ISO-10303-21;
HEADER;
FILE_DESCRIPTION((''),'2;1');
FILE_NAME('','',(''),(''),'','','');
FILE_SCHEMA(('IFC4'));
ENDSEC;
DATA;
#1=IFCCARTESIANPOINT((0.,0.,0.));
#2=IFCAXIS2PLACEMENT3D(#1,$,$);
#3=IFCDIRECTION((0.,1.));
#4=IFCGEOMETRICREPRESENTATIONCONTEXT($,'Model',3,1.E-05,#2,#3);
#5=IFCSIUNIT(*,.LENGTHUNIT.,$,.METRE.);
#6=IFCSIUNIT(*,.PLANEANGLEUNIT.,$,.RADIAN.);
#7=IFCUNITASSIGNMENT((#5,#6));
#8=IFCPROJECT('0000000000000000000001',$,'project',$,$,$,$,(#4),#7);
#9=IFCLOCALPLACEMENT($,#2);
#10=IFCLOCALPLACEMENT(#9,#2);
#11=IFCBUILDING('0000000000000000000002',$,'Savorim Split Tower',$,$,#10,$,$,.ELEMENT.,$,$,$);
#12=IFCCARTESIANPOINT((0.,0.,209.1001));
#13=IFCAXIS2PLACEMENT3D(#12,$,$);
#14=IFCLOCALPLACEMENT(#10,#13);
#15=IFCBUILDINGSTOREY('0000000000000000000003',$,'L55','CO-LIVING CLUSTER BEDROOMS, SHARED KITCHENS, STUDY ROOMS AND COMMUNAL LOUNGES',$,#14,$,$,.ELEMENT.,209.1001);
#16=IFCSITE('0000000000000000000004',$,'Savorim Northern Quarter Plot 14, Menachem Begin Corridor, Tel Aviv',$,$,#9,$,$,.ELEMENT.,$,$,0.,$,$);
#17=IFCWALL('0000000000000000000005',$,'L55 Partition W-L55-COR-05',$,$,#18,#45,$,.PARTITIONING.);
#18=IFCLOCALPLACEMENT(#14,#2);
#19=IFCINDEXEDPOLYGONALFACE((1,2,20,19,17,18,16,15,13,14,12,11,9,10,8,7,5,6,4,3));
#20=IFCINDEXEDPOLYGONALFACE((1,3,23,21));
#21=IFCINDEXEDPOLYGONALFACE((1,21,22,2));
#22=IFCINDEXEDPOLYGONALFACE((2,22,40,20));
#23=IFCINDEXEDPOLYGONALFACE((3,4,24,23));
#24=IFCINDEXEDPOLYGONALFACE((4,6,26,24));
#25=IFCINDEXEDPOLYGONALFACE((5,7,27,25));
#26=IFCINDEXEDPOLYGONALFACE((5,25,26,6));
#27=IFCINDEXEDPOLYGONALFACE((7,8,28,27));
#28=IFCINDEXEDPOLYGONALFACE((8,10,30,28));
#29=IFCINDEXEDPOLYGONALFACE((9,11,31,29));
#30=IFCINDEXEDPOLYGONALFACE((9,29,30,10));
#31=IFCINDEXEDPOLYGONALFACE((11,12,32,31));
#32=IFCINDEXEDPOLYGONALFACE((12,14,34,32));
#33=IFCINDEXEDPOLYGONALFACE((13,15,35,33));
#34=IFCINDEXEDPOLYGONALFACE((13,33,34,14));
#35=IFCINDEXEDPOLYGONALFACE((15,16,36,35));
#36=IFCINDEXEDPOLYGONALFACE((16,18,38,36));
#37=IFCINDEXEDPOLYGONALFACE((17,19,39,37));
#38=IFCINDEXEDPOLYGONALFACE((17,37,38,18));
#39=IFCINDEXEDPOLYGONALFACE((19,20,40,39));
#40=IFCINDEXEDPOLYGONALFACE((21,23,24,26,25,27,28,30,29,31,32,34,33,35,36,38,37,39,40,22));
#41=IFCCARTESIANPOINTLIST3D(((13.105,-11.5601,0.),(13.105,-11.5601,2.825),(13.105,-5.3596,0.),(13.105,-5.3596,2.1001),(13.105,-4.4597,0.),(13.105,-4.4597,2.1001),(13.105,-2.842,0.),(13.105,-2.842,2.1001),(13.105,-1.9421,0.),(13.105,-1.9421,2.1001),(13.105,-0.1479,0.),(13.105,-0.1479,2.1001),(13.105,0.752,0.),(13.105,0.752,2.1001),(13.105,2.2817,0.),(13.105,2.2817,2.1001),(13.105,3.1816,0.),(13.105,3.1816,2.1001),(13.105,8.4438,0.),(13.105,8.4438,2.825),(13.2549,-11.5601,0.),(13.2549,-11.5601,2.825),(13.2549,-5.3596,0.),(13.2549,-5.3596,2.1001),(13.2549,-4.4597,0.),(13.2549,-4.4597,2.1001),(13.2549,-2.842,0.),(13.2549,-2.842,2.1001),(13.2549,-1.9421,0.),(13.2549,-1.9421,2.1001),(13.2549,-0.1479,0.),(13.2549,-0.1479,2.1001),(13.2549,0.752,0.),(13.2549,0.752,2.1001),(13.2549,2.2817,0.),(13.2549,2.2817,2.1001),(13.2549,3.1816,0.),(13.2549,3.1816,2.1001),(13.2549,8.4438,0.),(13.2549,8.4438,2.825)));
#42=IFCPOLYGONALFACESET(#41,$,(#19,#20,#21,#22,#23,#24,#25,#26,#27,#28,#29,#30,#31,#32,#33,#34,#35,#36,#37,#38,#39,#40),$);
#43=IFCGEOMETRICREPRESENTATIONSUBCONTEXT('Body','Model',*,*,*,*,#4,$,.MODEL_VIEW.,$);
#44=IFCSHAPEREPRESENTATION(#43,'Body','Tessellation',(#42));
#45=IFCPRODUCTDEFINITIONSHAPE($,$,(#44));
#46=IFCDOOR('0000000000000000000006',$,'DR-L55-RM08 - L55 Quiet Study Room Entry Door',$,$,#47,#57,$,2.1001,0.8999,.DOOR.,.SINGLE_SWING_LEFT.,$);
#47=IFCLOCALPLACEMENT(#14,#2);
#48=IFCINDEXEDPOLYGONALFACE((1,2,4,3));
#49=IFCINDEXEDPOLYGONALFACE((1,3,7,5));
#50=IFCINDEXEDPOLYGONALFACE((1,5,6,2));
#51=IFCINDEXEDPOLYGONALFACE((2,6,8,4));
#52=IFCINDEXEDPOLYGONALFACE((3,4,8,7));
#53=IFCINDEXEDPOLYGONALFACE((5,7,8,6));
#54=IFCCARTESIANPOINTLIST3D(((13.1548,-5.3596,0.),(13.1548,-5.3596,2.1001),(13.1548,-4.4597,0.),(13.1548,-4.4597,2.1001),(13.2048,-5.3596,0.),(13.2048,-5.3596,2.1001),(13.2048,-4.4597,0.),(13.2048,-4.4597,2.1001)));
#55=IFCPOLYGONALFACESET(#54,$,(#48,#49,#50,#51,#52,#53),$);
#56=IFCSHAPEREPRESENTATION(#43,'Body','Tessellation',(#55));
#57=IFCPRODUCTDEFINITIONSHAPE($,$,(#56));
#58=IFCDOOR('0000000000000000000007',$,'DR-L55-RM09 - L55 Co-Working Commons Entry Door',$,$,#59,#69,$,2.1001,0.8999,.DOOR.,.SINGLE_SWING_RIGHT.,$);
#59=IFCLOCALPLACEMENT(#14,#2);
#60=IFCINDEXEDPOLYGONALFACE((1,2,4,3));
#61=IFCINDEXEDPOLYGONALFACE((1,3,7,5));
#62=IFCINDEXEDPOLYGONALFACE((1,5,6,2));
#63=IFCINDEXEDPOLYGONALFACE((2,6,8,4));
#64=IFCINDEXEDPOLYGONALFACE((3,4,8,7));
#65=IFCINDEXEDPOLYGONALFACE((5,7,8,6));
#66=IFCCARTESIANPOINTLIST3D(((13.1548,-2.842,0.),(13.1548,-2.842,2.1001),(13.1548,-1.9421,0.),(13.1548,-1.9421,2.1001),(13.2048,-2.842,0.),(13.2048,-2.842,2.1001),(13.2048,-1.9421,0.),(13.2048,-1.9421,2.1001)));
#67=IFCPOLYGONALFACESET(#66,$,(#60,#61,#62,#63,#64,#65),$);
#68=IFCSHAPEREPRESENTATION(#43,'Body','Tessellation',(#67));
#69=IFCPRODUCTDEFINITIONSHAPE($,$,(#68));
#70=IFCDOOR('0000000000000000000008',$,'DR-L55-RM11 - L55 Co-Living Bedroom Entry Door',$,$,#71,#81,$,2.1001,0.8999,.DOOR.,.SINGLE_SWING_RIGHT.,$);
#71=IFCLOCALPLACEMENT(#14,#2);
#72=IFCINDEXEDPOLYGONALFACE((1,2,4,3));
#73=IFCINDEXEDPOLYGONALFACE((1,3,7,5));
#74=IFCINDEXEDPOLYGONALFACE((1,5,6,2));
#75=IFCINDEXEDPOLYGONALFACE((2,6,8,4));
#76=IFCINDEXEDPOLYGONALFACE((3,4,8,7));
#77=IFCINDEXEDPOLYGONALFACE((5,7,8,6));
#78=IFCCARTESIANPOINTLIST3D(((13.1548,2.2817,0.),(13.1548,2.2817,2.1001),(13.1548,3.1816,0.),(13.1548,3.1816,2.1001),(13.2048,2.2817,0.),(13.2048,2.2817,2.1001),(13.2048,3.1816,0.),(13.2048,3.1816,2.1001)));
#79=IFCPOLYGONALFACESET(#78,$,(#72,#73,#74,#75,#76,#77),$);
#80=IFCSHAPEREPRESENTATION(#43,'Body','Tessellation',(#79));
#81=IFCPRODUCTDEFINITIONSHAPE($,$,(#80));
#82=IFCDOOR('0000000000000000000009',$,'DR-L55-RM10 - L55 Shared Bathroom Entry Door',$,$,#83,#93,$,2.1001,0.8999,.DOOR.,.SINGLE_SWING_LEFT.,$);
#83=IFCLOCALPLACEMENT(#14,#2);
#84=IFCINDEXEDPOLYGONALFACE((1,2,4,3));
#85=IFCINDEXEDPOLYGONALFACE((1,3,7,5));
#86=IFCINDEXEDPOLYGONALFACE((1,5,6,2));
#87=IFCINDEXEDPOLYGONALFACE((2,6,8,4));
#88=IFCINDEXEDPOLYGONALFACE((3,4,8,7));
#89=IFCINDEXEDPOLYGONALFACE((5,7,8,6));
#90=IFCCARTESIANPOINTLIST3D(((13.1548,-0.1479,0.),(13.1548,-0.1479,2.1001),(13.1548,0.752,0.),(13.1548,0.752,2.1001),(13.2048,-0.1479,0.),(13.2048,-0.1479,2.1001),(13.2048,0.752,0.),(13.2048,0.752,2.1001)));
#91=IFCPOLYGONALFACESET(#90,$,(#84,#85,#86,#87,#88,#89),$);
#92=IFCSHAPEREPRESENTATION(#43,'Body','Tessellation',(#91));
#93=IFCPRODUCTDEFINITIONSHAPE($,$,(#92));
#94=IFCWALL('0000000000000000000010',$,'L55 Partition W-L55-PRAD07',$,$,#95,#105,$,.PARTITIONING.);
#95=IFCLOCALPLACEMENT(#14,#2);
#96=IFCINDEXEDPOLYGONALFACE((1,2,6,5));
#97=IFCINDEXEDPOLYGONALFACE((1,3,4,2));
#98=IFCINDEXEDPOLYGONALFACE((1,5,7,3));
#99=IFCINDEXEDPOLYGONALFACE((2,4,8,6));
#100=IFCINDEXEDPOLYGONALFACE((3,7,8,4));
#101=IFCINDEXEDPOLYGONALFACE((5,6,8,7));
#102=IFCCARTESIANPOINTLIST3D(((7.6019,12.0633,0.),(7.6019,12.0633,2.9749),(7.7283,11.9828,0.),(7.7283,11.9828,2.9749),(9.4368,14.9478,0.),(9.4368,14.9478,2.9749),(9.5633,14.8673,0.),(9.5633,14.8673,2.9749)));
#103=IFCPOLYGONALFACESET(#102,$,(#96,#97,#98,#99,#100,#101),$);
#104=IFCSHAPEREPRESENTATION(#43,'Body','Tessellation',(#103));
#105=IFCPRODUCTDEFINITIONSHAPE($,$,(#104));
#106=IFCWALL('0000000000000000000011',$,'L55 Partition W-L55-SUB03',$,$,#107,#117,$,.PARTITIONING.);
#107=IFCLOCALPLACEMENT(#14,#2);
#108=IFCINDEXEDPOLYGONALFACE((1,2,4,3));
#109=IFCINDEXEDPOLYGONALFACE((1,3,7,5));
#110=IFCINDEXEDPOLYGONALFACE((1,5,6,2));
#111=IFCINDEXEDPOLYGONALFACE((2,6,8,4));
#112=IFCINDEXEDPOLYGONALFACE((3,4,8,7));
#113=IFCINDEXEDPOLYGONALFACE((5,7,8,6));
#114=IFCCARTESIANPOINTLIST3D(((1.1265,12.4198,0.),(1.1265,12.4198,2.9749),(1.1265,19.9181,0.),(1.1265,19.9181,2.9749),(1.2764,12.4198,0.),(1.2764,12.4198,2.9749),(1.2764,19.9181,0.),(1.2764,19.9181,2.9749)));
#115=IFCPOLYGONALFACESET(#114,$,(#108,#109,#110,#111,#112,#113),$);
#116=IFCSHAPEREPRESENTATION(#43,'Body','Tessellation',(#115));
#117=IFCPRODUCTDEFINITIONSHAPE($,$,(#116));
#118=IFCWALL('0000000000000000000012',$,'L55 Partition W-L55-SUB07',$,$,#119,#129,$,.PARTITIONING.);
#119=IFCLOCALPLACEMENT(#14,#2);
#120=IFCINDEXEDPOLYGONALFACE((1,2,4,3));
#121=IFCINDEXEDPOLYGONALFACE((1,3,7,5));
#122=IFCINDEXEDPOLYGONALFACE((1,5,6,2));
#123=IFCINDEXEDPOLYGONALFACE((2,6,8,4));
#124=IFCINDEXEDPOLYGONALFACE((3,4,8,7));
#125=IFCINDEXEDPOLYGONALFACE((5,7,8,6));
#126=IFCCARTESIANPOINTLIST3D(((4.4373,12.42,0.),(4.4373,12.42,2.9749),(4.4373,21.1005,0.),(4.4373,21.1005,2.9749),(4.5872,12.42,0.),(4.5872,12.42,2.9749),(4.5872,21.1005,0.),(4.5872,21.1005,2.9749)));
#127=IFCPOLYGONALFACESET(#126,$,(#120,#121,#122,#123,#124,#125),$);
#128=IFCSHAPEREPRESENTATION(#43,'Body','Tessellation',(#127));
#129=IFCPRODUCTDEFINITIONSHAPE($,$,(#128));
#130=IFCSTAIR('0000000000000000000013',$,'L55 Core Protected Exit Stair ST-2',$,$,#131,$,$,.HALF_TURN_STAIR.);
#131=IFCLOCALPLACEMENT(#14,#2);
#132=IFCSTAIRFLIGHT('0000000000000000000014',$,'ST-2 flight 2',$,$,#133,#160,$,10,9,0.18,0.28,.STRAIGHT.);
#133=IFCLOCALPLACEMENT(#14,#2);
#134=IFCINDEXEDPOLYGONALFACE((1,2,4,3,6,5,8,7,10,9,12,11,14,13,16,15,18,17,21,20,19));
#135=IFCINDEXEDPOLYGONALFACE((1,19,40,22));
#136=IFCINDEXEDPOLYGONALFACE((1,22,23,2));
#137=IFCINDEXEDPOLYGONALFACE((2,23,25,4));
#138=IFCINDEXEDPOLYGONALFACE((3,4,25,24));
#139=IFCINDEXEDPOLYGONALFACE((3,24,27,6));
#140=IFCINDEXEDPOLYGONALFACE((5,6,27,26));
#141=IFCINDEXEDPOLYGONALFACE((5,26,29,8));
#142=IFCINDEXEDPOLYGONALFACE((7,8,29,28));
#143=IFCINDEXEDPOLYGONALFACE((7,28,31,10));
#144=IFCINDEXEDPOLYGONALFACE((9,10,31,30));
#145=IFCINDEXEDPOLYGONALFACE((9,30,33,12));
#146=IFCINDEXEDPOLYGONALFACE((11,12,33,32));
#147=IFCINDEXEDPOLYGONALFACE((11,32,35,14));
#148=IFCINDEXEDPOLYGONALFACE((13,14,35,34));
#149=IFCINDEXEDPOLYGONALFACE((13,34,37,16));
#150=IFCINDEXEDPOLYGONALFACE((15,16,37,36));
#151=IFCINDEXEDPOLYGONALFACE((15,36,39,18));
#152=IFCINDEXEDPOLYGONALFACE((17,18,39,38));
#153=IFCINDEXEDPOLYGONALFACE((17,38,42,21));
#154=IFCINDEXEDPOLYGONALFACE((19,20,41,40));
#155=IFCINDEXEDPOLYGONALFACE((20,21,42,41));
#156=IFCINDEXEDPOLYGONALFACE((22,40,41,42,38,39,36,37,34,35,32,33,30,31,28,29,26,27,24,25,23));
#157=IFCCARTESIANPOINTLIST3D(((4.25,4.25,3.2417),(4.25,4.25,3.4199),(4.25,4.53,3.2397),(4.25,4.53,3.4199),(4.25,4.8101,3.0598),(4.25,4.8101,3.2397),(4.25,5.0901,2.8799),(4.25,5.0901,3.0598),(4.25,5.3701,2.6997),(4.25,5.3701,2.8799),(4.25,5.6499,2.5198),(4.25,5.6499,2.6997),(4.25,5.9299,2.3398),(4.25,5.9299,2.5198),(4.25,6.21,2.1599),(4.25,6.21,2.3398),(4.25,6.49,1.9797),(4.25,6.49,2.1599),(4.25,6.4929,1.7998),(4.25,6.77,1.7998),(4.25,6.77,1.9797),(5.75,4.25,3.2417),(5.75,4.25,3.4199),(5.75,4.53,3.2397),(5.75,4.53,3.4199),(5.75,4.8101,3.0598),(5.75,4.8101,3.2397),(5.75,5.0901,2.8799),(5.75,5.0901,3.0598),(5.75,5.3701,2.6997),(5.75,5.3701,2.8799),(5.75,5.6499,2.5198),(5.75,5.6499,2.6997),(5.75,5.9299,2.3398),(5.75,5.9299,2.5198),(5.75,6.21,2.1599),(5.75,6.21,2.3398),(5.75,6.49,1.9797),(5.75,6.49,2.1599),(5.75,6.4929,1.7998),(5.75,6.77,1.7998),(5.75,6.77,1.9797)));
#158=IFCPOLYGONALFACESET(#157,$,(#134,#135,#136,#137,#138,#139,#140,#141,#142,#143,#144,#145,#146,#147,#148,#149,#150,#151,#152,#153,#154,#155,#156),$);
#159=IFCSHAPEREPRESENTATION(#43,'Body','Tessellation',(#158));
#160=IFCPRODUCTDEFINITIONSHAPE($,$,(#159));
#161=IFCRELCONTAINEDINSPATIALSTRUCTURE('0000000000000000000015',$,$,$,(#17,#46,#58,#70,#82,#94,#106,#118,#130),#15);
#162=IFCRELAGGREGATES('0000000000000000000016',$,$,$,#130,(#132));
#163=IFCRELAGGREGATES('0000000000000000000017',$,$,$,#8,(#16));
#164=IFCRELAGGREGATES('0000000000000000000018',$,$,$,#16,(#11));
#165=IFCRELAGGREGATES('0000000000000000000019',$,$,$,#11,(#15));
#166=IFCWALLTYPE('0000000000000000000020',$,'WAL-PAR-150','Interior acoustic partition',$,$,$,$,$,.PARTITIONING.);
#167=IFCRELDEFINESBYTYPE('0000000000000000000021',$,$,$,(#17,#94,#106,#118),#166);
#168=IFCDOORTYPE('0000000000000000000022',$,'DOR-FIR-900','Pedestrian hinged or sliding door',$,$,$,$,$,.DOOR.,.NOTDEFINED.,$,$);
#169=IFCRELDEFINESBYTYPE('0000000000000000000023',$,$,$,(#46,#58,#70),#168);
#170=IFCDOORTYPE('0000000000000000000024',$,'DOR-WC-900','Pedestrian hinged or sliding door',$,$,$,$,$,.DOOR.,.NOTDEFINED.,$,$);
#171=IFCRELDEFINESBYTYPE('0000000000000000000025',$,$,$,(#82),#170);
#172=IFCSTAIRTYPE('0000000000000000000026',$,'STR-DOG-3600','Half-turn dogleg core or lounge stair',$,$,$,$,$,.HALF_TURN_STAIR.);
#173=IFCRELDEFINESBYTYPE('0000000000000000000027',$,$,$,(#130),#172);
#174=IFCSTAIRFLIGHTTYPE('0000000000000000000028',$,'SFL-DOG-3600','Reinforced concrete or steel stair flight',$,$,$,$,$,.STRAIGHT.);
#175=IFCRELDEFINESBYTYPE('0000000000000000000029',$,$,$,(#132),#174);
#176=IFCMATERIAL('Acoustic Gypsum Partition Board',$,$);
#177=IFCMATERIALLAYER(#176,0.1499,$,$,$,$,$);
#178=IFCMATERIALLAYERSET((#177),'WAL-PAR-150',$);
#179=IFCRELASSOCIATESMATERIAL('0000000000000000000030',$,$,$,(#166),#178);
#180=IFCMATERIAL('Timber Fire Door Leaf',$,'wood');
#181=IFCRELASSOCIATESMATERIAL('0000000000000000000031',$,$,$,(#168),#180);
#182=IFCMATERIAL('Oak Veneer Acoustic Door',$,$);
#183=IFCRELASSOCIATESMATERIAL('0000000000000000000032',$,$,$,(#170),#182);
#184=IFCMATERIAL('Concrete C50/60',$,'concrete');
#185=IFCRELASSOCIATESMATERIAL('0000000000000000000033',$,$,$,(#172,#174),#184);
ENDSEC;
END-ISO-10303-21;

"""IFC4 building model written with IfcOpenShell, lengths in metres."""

from ifc_helpers import new_model, si_unit, direction, frame, frame_2d, origin, place, context, subcontext, project, spatial, polyline, rectangle, outline, extrude, material, layer, layer_set, type_object, element, fill, aggregate, save


model = new_model("IFC4")

# Units and contexts
model_context = context("Model", 3, precision=1e-05, world=origin(), true_north=direction((0.0, 1.0)))
body_context = subcontext(model_context, "Body", "Model", "MODEL_VIEW")
ifc_project = project(units=[si_unit("LENGTHUNIT", "METRE"), si_unit("PLANEANGLEUNIT", "RADIAN")], contexts=[model_context])

# Site, building, storey
site_placement = place(None, origin())
site = spatial("IfcSite", under=ifc_project, at=site_placement, Name="Savorim Northern Quarter Plot 14, Menachem Begin Corridor, Tel Aviv", CompositionType="ELEMENT", RefElevation=0.0)
building_placement = place(site_placement, origin())
building = spatial("IfcBuilding", under=site, at=building_placement, Name="Savorim Split Tower", CompositionType="ELEMENT")
storey_placement = place(building_placement, frame((0.0, 0.0, 209.1001)))
storey = spatial("IfcBuildingStorey", under=building, at=storey_placement, Name="L55", Description="CO-LIVING CLUSTER BEDROOMS, SHARED KITCHENS, STUDY ROOMS AND COMMUNAL LOUNGES", CompositionType="ELEMENT", Elevation=209.1001)

# Shared definitions
ifc_material_1 = material(Name="Timber Fire Door Leaf", Category="wood")

# Shared definitions
ifc_material_2 = material(Name="Acoustic Gypsum Partition Board")
ifc_layer_1 = layer(ifc_material_2, 0.1499)
ifc_layer_set_1 = layer_set([ifc_layer_1], Name="WAL-PAR-150")
wall_type_1 = type_object("IfcWallType", Name="WAL-PAR-150", Description="Interior acoustic partition", PredefinedType="PARTITIONING", material=ifc_layer_set_1)
door_type_1 = type_object("IfcDoorType", Name="DOR-FIR-900", Description="Pedestrian hinged or sliding door", OperationType="NOTDEFINED", PredefinedType="DOOR", material=ifc_material_1)

# Wall, openings, doors
wall_1_placement = place(storey_placement, frame((13.1799, 8.4438, 0.0), z_axis=(0.0, 0.0, 1.0), x_axis=(0.0, -1.0, 0.0)))
wall_1 = element("IfcWall", 1, at=wall_1_placement, inside=storey, type_object=wall_type_1, Name="L55 Partition W-L55-COR-05", PredefinedType="PARTITIONING", context=body_context, shape_type="SweptSolid", body=[
    extrude(rectangle(XDim=20.0039, YDim=0.1499, at=frame_2d((10.002, 0.0))), origin(), (0.0, 0.0, 1.0), 2.825),
])
opening_1_placement = place(wall_1_placement, frame((12.9036, 0.0, 0.0)))
opening_1 = element("IfcOpeningElement", 2, at=opening_1_placement, cuts=wall_1, PredefinedType="OPENING", context=body_context, shape_type="SweptSolid", body=[
    extrude(rectangle(XDim=0.8999, YDim=2.1001, at=frame_2d((0.45, 1.05))), frame((0.0, 0.085, 0.0), z_axis=(0.0, -1.0, 0.0), x_axis=(1.0, 0.0, 0.0)), (0.0, 0.0, 1.0), 0.1699),
])
opening_2_placement = place(wall_1_placement, frame((10.386, 0.0, 0.0)))
opening_2 = element("IfcOpeningElement", 3, at=opening_2_placement, cuts=wall_1, PredefinedType="OPENING", context=body_context, shape_type="SweptSolid", body=[
    extrude(rectangle(XDim=0.8999, YDim=2.1001, at=frame_2d((0.45, 1.05))), frame((0.0, 0.085, 0.0), z_axis=(0.0, -1.0, 0.0), x_axis=(1.0, 0.0, 0.0)), (0.0, 0.0, 1.0), 0.1699),
])
opening_3_placement = place(wall_1_placement, frame((7.6919, 0.0, 0.0)))
opening_3 = element("IfcOpeningElement", 4, at=opening_3_placement, cuts=wall_1, PredefinedType="OPENING", context=body_context, shape_type="SweptSolid", body=[
    extrude(rectangle(XDim=0.8999, YDim=2.1001, at=frame_2d((0.45, 1.05))), frame((0.0, 0.085, 0.0), z_axis=(0.0, -1.0, 0.0), x_axis=(1.0, 0.0, 0.0)), (0.0, 0.0, 1.0), 0.1699),
])
opening_4_placement = place(wall_1_placement, frame((5.2622, 0.0, 0.0)))
opening_4 = element("IfcOpeningElement", 5, at=opening_4_placement, cuts=wall_1, PredefinedType="OPENING", context=body_context, shape_type="SweptSolid", body=[
    extrude(rectangle(XDim=0.8999, YDim=2.1001, at=frame_2d((0.45, 1.05))), frame((0.0, 0.085, 0.0), z_axis=(0.0, -1.0, 0.0), x_axis=(1.0, 0.0, 0.0)), (0.0, 0.0, 1.0), 0.1699),
])
door_1_placement = place(opening_1_placement, origin())
door_1 = element("IfcDoor", 6, at=door_1_placement, inside=storey, type_object=door_type_1, Name="DR-L55-RM08 - L55 Quiet Study Room Entry Door", OperationType="SINGLE_SWING_LEFT", OverallHeight=2.1001, OverallWidth=0.8999, PredefinedType="DOOR", context=body_context, shape_type="SweptSolid", body=[
    extrude(rectangle(XDim=0.8999, YDim=2.1001, at=frame_2d((0.45, 1.05))), frame((0.0, 0.0249, 0.0), z_axis=(0.0, -1.0, 0.0), x_axis=(1.0, 0.0, 0.0)), (0.0, 0.0, 1.0), 0.05),
])
fill(opening_1, door_1)
door_2_placement = place(opening_2_placement, origin())
door_2 = element("IfcDoor", 7, at=door_2_placement, inside=storey, type_object=door_type_1, Name="DR-L55-RM09 - L55 Co-Working Commons Entry Door", OperationType="SINGLE_SWING_RIGHT", OverallHeight=2.1001, OverallWidth=0.8999, PredefinedType="DOOR", context=body_context, shape_type="SweptSolid", body=[
    extrude(rectangle(XDim=0.8999, YDim=2.1001, at=frame_2d((0.45, 1.05))), frame((0.0, 0.0249, 0.0), z_axis=(0.0, -1.0, 0.0), x_axis=(1.0, 0.0, 0.0)), (0.0, 0.0, 1.0), 0.05),
])
fill(opening_2, door_2)
door_3_placement = place(opening_4_placement, origin())
door_3 = element("IfcDoor", 8, at=door_3_placement, inside=storey, type_object=door_type_1, Name="DR-L55-RM11 - L55 Co-Living Bedroom Entry Door", OperationType="SINGLE_SWING_RIGHT", OverallHeight=2.1001, OverallWidth=0.8999, PredefinedType="DOOR", context=body_context, shape_type="SweptSolid", body=[
    extrude(rectangle(XDim=0.8999, YDim=2.1001, at=frame_2d((0.45, 1.05))), frame((0.0, 0.0249, 0.0), z_axis=(0.0, -1.0, 0.0), x_axis=(1.0, 0.0, 0.0)), (0.0, 0.0, 1.0), 0.05),
])
fill(opening_4, door_3)
ifc_material_3 = material(Name="Oak Veneer Acoustic Door")
door_type_2 = type_object("IfcDoorType", Name="DOR-WC-900", Description="Pedestrian hinged or sliding door", OperationType="NOTDEFINED", PredefinedType="DOOR", material=ifc_material_3)
door_4_placement = place(opening_3_placement, origin())
door_4 = element("IfcDoor", 9, at=door_4_placement, inside=storey, type_object=door_type_2, Name="DR-L55-RM10 - L55 Shared Bathroom Entry Door", OperationType="SINGLE_SWING_LEFT", OverallHeight=2.1001, OverallWidth=0.8999, PredefinedType="DOOR", context=body_context, shape_type="SweptSolid", body=[
    extrude(rectangle(XDim=0.8999, YDim=2.1001, at=frame_2d((0.45, 1.05))), frame((0.0, 0.0249, 0.0), z_axis=(0.0, -1.0, 0.0), x_axis=(1.0, 0.0, 0.0)), (0.0, 0.0, 1.0), 0.05),
])
fill(opening_3, door_4)

# Walls
wall_2_placement = place(storey_placement, frame((7.665, 12.0229, 0.0), z_axis=(0.0, 0.0, 1.0), x_axis=(0.536741, 0.843747, 0.0)))
element("IfcWall", 10, at=wall_2_placement, inside=storey, type_object=wall_type_1, Name="L55 Partition W-L55-PRAD07", PredefinedType="PARTITIONING", context=body_context, shape_type="SweptSolid", body=[
    extrude(rectangle(XDim=3.4187, YDim=0.1499, at=frame_2d((1.7095, 0.0))), origin(), (0.0, 0.0, 1.0), 2.9749),
])
wall_3_placement = place(storey_placement, frame((1.2014, 12.4199, 0.0), z_axis=(0.0, 0.0, 1.0), x_axis=(0.0, 1.0, 0.0)))
element("IfcWall", 11, at=wall_3_placement, inside=storey, type_object=wall_type_1, Name="L55 Partition W-L55-SUB03", PredefinedType="PARTITIONING", context=body_context, shape_type="SweptSolid", body=[
    extrude(rectangle(XDim=7.4983, YDim=0.1499, at=frame_2d((3.749, 0.0))), origin(), (0.0, 0.0, 1.0), 2.9749),
])
wall_4_placement = place(storey_placement, frame((4.5122, 12.4199, 0.0), z_axis=(0.0, 0.0, 1.0), x_axis=(0.0, 1.0, 0.0)))
element("IfcWall", 12, at=wall_4_placement, inside=storey, type_object=wall_type_1, Name="L55 Partition W-L55-SUB07", PredefinedType="PARTITIONING", context=body_context, shape_type="SweptSolid", body=[
    extrude(rectangle(XDim=8.6804, YDim=0.1499, at=frame_2d((4.3403, 0.0))), origin(), (0.0, 0.0, 1.0), 2.9749),
])

# Stair, stair flight
ifc_material_4 = material(Name="Concrete C50/60", Category="concrete")
stair_type = type_object("IfcStairType", Name="STR-DOG-3600", Description="Half-turn dogleg core or lounge stair", PredefinedType="HALF_TURN_STAIR", material=ifc_material_4)
stair_placement = place(storey_placement, origin())
stair = element("IfcStair", 13, at=stair_placement, inside=storey, type_object=stair_type, Name="L55 Core Protected Exit Stair ST-2", PredefinedType="HALF_TURN_STAIR")
stair_flight_type = type_object("IfcStairFlightType", Name="SFL-DOG-3600", Description="Reinforced concrete or steel stair flight", PredefinedType="STRAIGHT", material=ifc_material_4)
stair_flight_placement = place(storey_placement, frame((5.0, 6.77, 1.7998), z_axis=(0.0, 0.0, 1.0), x_axis=(0.0, -1.0, 0.0)))
stair_flight = element("IfcStairFlight", 14, at=stair_flight_placement, type_object=stair_flight_type, Name="ST-2 flight 2", NumberOfRisers=10, NumberOfTreads=9, PredefinedType="STRAIGHT", RiserHeight=0.18, TreadLength=0.28, context=body_context, shape_type="SweptSolid", body=[
    extrude(outline(polyline([(0.0, 0.0), (0.0, 0.1799), (0.28, 0.1799), (0.28, 0.3601), (0.5601, 0.3601), (0.5601, 0.54), (0.8401, 0.54), (0.8401, 0.72), (1.1201, 0.72), (1.1201, 0.8999), (1.3999, 0.8999), (1.3999, 1.0801), (1.6799, 1.0801), (1.6799, 1.26), (1.96, 1.26), (1.96, 1.4399), (2.24, 1.4399), (2.24, 1.6201), (2.52, 1.6201), (2.52, 1.8), (2.52, 1.4419), (0.2771, 0.0), (0.0, 0.0)])), frame((0.0, 0.75, 0.0), z_axis=(0.0, -1.0, 0.0), x_axis=(1.0, 0.0, 0.0)), (0.0, 0.0, 1.0), 1.5),
])
aggregate(stair, [stair_flight])

save(model, "model.ifc")
